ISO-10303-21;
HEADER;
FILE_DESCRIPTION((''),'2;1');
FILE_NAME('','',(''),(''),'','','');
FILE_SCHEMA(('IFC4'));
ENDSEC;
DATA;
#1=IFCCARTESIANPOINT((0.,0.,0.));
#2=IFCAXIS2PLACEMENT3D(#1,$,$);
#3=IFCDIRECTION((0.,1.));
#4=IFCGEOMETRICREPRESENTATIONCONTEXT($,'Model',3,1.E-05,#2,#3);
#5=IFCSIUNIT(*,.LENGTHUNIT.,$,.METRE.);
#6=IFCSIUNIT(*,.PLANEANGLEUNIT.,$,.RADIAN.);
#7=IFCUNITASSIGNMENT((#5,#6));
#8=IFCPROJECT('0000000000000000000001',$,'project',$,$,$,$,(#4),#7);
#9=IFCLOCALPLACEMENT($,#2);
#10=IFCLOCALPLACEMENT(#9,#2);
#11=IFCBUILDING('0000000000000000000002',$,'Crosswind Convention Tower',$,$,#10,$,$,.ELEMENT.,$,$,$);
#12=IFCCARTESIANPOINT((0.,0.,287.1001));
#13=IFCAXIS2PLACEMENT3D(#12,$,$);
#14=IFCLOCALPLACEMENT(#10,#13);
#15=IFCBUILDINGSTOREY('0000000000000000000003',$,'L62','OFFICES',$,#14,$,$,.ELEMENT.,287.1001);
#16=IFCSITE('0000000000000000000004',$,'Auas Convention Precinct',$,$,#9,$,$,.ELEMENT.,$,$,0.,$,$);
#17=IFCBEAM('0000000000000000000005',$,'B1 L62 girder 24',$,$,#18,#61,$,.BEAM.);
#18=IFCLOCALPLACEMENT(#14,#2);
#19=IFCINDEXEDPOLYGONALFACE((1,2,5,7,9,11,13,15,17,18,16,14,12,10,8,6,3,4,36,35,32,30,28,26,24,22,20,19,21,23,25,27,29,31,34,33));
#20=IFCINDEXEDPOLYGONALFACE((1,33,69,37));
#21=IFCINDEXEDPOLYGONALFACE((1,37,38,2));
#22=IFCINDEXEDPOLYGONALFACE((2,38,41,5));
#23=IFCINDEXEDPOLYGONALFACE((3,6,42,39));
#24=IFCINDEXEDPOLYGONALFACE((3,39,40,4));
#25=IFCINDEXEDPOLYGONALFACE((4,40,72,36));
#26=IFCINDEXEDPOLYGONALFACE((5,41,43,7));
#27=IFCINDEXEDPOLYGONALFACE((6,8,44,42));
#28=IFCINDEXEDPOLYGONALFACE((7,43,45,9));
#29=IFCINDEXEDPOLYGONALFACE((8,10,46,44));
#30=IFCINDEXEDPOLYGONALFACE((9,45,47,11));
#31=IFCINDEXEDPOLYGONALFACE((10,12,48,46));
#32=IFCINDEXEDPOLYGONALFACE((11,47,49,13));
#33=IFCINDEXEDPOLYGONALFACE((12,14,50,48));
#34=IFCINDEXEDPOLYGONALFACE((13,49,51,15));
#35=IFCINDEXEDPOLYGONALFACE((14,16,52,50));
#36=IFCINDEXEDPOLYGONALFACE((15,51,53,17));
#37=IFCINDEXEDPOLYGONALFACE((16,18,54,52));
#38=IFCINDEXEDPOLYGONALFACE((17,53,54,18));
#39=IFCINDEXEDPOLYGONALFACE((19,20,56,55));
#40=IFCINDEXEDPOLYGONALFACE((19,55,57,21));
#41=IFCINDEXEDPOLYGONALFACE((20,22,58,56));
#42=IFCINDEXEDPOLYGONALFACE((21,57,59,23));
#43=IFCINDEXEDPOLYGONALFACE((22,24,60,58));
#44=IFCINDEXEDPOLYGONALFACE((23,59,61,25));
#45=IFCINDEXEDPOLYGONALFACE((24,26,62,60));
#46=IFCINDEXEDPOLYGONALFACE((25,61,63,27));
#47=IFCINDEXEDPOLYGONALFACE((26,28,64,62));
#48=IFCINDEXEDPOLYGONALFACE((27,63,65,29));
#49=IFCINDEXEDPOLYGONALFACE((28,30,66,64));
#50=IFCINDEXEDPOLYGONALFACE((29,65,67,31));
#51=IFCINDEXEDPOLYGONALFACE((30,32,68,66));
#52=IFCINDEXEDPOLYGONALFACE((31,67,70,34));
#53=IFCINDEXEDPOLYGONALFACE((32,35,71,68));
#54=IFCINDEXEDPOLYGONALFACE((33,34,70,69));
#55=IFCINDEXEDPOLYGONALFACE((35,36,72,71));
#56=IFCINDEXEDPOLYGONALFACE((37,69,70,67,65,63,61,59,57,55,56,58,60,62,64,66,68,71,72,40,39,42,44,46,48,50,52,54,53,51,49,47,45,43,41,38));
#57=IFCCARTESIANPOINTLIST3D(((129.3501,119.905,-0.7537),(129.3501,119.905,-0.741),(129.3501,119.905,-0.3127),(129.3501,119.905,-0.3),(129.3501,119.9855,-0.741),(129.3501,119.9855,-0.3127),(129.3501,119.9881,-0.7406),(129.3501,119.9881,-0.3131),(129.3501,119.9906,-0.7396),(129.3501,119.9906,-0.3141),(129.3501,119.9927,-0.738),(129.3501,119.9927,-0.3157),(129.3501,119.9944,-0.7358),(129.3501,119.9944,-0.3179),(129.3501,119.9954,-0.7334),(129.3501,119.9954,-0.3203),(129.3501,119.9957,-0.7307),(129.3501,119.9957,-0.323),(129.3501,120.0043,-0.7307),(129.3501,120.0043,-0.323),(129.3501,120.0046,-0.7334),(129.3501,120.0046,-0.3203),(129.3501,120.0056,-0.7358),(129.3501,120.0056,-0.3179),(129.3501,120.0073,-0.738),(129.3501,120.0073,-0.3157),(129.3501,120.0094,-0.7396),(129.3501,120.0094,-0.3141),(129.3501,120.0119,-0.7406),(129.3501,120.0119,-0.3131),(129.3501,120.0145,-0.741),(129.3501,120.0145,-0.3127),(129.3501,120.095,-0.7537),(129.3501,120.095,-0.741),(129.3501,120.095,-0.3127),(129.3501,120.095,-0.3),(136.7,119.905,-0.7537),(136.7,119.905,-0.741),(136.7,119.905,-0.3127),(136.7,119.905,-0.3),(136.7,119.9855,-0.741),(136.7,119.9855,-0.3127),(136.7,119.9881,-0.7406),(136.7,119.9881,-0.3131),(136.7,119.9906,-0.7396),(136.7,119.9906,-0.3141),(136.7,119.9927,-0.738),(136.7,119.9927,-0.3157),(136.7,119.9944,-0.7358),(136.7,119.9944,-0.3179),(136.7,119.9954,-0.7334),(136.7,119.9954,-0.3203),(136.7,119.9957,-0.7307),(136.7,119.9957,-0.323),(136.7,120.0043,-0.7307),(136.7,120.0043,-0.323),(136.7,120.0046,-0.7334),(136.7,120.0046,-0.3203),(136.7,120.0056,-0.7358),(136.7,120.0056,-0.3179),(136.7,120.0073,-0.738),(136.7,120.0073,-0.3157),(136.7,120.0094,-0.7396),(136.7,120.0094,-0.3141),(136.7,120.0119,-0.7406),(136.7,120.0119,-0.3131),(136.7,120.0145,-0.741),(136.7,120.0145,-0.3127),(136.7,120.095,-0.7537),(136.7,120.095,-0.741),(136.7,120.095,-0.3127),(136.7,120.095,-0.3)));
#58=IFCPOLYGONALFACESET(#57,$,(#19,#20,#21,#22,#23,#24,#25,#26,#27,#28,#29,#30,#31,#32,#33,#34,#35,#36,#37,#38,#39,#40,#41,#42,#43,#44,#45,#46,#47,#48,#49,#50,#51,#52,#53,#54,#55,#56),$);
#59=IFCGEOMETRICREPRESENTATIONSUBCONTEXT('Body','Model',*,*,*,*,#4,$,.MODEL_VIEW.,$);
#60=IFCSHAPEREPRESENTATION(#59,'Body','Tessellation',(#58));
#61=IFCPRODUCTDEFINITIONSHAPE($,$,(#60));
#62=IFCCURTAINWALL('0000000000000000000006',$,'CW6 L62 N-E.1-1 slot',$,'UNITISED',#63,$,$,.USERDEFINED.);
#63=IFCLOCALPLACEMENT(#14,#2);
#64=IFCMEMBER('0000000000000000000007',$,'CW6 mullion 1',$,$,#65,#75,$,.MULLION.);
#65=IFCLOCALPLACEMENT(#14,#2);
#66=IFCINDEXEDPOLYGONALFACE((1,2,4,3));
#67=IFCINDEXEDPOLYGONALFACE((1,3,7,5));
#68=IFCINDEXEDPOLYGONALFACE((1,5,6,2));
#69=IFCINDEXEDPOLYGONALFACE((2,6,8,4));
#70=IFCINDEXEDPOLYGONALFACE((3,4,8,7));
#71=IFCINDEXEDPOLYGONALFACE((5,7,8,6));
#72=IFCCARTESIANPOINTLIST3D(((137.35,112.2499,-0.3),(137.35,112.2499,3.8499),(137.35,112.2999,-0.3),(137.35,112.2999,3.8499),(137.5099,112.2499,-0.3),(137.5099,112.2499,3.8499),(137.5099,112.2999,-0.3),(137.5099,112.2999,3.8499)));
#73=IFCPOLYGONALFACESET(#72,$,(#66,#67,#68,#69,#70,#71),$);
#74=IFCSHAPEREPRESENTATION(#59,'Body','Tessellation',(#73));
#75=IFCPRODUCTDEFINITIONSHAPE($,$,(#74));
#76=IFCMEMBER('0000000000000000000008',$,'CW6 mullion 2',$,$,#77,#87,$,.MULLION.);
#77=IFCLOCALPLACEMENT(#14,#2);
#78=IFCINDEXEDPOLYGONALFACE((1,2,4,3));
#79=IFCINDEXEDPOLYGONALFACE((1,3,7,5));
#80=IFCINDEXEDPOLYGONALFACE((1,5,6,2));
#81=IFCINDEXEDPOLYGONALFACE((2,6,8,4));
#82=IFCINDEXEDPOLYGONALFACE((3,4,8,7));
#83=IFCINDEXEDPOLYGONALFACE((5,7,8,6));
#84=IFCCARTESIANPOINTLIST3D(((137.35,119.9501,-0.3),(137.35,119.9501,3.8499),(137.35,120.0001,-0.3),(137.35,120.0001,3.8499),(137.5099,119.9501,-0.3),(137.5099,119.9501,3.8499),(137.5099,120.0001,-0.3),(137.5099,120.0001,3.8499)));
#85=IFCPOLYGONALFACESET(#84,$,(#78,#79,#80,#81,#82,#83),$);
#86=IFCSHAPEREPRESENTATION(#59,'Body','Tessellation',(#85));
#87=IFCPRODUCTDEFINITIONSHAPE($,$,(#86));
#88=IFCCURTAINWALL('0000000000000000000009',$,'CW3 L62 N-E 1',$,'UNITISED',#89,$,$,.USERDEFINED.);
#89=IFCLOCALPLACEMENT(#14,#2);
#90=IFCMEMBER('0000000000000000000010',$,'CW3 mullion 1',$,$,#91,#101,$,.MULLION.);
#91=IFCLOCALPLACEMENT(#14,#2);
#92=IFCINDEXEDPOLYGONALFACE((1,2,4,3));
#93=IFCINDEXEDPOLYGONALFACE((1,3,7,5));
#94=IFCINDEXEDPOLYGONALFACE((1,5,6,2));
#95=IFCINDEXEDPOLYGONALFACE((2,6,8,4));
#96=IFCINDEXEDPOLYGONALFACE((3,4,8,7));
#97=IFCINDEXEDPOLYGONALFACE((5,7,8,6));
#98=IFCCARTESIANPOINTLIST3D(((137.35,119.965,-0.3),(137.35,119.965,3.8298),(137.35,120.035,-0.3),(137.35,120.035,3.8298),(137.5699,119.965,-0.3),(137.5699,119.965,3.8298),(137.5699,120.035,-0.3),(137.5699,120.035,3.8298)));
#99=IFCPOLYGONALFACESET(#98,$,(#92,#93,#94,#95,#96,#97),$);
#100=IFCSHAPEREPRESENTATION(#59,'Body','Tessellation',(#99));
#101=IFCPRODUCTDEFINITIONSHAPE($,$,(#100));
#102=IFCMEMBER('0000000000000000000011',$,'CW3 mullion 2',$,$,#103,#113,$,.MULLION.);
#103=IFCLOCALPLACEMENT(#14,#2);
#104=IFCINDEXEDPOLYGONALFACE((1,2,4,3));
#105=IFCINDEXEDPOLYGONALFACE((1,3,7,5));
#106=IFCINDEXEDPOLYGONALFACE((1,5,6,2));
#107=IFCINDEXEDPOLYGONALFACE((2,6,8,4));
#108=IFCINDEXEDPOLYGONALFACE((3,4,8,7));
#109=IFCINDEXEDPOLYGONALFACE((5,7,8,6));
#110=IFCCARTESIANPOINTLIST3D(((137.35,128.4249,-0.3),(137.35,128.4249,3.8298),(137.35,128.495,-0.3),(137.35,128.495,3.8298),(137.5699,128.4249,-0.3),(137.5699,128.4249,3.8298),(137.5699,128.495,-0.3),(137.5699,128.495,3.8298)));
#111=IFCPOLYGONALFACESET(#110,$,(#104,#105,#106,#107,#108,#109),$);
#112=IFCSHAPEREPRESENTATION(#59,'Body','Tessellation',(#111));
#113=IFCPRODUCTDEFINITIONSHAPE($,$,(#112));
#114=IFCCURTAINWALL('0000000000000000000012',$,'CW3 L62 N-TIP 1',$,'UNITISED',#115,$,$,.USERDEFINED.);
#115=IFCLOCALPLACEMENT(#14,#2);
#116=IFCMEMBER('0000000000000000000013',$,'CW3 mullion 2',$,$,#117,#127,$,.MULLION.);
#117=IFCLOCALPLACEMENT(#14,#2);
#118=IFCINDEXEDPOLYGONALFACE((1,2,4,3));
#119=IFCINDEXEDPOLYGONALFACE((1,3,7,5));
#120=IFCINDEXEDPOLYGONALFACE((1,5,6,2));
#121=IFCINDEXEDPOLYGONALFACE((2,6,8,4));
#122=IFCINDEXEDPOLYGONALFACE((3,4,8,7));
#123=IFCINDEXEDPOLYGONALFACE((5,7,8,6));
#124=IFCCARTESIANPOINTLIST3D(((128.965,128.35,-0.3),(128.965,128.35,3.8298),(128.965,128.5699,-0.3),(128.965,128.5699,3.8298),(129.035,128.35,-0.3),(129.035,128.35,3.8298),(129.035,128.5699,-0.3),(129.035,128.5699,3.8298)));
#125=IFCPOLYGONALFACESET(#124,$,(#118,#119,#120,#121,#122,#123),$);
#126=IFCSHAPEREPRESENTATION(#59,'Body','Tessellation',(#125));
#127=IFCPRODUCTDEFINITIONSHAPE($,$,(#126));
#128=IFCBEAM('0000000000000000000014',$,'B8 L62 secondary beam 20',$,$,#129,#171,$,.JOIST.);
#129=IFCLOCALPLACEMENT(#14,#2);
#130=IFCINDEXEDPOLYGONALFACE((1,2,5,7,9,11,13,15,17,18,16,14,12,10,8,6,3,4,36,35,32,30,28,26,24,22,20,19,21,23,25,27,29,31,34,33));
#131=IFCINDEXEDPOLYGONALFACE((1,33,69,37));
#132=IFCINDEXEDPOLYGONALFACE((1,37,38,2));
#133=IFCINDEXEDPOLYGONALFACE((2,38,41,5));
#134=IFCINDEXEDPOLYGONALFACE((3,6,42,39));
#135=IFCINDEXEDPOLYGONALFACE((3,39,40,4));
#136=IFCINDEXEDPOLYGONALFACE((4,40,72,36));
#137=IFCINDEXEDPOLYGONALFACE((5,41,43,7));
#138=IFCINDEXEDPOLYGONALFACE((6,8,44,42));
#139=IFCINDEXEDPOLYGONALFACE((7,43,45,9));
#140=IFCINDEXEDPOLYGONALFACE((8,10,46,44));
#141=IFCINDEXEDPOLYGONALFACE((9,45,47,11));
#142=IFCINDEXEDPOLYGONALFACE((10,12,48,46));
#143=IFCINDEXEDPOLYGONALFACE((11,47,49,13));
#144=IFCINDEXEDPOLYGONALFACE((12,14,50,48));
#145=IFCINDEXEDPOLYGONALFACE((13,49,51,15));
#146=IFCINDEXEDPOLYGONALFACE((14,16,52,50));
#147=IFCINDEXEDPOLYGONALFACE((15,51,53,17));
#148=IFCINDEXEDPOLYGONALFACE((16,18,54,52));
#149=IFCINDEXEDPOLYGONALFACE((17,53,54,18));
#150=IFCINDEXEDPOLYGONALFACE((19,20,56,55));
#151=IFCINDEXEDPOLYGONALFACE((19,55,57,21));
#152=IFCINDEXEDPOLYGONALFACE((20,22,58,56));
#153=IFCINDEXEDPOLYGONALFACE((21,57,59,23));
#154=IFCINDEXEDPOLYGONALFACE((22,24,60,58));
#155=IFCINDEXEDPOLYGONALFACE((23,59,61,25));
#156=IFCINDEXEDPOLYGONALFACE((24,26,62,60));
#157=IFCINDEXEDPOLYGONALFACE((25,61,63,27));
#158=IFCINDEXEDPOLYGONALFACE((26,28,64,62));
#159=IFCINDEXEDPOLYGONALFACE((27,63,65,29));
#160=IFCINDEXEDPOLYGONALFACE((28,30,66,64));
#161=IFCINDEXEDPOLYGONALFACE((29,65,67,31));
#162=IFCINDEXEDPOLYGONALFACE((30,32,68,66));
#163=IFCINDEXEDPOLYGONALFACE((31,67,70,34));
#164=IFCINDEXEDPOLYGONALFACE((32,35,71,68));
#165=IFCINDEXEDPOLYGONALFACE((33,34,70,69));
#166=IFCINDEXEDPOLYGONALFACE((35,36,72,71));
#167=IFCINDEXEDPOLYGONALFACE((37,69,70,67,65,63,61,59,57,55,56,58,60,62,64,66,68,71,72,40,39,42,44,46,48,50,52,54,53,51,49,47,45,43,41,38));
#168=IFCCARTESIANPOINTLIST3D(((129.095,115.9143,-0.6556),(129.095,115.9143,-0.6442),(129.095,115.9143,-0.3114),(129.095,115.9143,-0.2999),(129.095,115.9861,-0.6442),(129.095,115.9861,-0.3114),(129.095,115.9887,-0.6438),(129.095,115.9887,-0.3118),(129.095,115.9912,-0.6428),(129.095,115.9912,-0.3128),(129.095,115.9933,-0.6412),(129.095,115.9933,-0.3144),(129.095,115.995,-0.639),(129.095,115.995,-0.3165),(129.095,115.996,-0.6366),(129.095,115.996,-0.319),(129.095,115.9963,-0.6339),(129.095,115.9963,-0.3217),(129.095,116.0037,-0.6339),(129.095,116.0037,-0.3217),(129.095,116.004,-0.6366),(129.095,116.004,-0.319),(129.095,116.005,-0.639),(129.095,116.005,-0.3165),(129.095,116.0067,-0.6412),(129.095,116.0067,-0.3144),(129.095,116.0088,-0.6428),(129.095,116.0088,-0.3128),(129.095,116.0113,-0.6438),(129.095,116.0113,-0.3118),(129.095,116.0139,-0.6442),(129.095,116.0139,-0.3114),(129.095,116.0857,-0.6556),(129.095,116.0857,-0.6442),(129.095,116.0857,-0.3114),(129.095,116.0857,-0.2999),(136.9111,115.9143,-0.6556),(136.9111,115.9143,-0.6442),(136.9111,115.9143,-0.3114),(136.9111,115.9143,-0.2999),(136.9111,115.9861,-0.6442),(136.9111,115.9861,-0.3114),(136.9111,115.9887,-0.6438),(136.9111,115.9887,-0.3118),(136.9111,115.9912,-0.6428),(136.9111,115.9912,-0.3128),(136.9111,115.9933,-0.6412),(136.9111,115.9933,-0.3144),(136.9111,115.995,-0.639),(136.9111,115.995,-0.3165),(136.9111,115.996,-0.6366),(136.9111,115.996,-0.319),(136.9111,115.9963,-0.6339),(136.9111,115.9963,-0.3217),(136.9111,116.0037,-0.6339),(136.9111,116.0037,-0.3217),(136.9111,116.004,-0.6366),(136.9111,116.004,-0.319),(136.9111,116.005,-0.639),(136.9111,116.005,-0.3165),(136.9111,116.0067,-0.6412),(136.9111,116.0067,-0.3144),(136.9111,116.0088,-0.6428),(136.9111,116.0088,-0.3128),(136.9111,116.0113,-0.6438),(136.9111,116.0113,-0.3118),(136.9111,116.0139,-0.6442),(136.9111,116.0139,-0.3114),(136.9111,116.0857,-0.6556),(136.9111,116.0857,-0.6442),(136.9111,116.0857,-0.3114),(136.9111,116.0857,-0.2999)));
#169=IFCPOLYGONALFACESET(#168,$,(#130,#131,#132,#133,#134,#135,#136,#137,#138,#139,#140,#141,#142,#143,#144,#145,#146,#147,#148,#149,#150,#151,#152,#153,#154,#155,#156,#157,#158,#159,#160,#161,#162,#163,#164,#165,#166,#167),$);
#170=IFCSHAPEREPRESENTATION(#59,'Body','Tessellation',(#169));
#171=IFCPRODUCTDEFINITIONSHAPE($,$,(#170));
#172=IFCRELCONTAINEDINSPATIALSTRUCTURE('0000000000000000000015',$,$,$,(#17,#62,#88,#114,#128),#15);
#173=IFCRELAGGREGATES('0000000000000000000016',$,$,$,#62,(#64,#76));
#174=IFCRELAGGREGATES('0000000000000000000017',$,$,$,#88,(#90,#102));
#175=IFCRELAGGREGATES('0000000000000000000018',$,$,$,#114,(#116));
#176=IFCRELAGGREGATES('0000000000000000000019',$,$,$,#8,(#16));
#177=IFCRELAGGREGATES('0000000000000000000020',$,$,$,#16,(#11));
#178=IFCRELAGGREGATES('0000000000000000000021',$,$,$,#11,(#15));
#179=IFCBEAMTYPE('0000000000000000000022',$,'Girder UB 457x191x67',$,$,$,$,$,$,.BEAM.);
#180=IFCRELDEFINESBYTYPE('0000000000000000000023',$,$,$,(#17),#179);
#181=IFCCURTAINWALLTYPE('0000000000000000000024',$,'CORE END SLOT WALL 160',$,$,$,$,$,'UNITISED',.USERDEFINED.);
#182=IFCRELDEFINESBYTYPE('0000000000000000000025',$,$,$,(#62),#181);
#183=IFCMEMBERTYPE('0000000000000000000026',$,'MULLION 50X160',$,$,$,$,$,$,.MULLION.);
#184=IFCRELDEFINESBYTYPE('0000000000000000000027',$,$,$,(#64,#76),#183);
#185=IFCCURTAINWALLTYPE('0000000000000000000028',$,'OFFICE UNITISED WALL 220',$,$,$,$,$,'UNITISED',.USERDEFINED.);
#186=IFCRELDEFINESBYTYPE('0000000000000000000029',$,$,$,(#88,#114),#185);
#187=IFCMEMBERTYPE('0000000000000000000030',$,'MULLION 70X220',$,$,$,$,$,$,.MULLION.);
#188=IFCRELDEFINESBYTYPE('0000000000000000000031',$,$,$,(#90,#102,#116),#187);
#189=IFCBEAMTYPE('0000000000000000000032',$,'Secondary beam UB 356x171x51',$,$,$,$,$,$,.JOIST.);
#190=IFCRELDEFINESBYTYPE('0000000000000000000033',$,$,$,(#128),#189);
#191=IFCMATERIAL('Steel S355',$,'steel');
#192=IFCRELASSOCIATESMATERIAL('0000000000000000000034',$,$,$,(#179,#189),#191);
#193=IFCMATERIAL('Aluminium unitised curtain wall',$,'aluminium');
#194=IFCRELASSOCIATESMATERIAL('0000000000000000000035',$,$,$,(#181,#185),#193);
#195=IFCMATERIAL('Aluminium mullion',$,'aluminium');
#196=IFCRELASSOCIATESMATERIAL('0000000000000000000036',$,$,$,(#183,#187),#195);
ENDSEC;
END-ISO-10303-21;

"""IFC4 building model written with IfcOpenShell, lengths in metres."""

from ifc_helpers import new_model, si_unit, direction, frame, origin, origin_2d, place, context, subcontext, project, spatial, rectangle, i_section, extrude, material, material_profile, profile_set, type_object, element, aggregate, save


model = new_model("IFC4")

# Units and contexts
model_context = context("Model", 3, precision=1e-05, world=origin(), true_north=direction((0.0, 1.0)))
body_context = subcontext(model_context, "Body", "Model", "MODEL_VIEW")
ifc_project = project(units=[si_unit("LENGTHUNIT", "METRE"), si_unit("PLANEANGLEUNIT", "RADIAN")], contexts=[model_context])

# Site, building, storey
site_placement = place(None, origin())
site = spatial("IfcSite", under=ifc_project, at=site_placement, Name="Auas Convention Precinct", CompositionType="ELEMENT", RefElevation=0.0)
building_placement = place(site_placement, origin())
building = spatial("IfcBuilding", under=site, at=building_placement, Name="Crosswind Convention Tower", CompositionType="ELEMENT")
storey_placement = place(building_placement, frame((0.0, 0.0, 287.1001)))
storey = spatial("IfcBuildingStorey", under=building, at=storey_placement, Name="L62", Description="OFFICES", CompositionType="ELEMENT", Elevation=287.1001)

# Beam
ifc_material_1 = material(Name="Steel S355", Category="steel")
ifc_material_profile_1 = material_profile(ifc_material_1, i_section(OverallWidth=0.1899, OverallDepth=0.4536, WebThickness=0.0085, FlangeThickness=0.0127, FilletRadius=0.0103, at=origin_2d()), Name="UB 457x191x67")
ifc_profile_set_1 = profile_set([ifc_material_profile_1], Name="Steel S355")
beam_type_1 = type_object("IfcBeamType", Name="Girder UB 457x191x67", PredefinedType="BEAM", material=ifc_profile_set_1)
for number, where, z_axis, x_axis, name in (
    (1, (129.3501, 120.0, -0.5269), (1.0, 0.0, 0.0), (0.0, 1.0, 0.0), "B1 L62 girder 24"),
):
    element("IfcBeam", number, at=place(storey_placement, frame(where, z_axis=z_axis, x_axis=x_axis)), inside=storey, type_object=beam_type_1, Name=name, PredefinedType="BEAM", context=body_context, shape_type="SweptSolid", body=[
        extrude(i_section(OverallWidth=0.1899, OverallDepth=0.4536, WebThickness=0.0085, FlangeThickness=0.0127, FilletRadius=0.0103, at=origin_2d()), origin(), (0.0, 0.0, 1.0), 7.3499),
    ])

# Curtain walls, members
ifc_material_2 = material(Name="Aluminium unitised curtain wall", Category="aluminium")
curtain_wall_type_1 = type_object("IfcCurtainWallType", Name="CORE END SLOT WALL 160", ElementType="UNITISED", PredefinedType="USERDEFINED", material=ifc_material_2)
curtain_wall_1_placement = place(storey_placement, origin())
curtain_wall_1 = element("IfcCurtainWall", 2, at=curtain_wall_1_placement, inside=storey, type_object=curtain_wall_type_1, Name="CW6 L62 N-E.1-1 slot", ObjectType="UNITISED", PredefinedType="USERDEFINED")
ifc_material_3 = material(Name="Aluminium mullion", Category="aluminium")
ifc_material_profile_2 = material_profile(ifc_material_3, rectangle(XDim=0.1599, YDim=0.05, at=origin_2d()), Name="AL 160X50")
ifc_profile_set_2 = profile_set([ifc_material_profile_2], Name="Aluminium mullion")
member_type_1 = type_object("IfcMemberType", Name="MULLION 50X160", PredefinedType="MULLION", material=ifc_profile_set_2)
member_1_placement = place(storey_placement, frame((137.4299, 112.2749, -0.3), z_axis=(0.0, 0.0, 1.0), x_axis=(1.0, 0.0, 0.0)))
member_1 = element("IfcMember", 3, at=member_1_placement, type_object=member_type_1, Name="CW6 mullion 1", PredefinedType="MULLION", context=body_context, shape_type="SweptSolid", body=[
    extrude(rectangle(XDim=0.1599, YDim=0.05, at=origin_2d()), origin(), (0.0, 0.0, 1.0), 4.1499),
])
member_2_placement = place(storey_placement, frame((137.4299, 119.9751, -0.3), z_axis=(0.0, 0.0, 1.0), x_axis=(1.0, 0.0, 0.0)))
member_2 = element("IfcMember", 4, at=member_2_placement, type_object=member_type_1, Name="CW6 mullion 2", PredefinedType="MULLION", context=body_context, shape_type="SweptSolid", body=[
    extrude(rectangle(XDim=0.1599, YDim=0.05, at=origin_2d()), origin(), (0.0, 0.0, 1.0), 4.1499),
])
curtain_wall_type_2 = type_object("IfcCurtainWallType", Name="OFFICE UNITISED WALL 220", ElementType="UNITISED", PredefinedType="USERDEFINED", material=ifc_material_2)
curtain_wall_2_placement = place(storey_placement, origin())
curtain_wall_2 = element("IfcCurtainWall", 5, at=curtain_wall_2_placement, inside=storey, type_object=curtain_wall_type_2, Name="CW3 L62 N-E 1", ObjectType="UNITISED", PredefinedType="USERDEFINED")
ifc_material_profile_3 = material_profile(ifc_material_3, rectangle(XDim=0.22, YDim=0.0701, at=origin_2d()), Name="AL 220X70")
ifc_profile_set_3 = profile_set([ifc_material_profile_3], Name="Aluminium mullion")
member_type_2 = type_object("IfcMemberType", Name="MULLION 70X220", PredefinedType="MULLION", material=ifc_profile_set_3)
member_3_placement = place(storey_placement, frame((137.46, 120.0, -0.3), z_axis=(0.0, 0.0, 1.0), x_axis=(1.0, 0.0, 0.0)))
member_3 = element("IfcMember", 6, at=member_3_placement, type_object=member_type_2, Name="CW3 mullion 1", PredefinedType="MULLION", context=body_context, shape_type="SweptSolid", body=[
    extrude(rectangle(XDim=0.22, YDim=0.0701, at=origin_2d()), origin(), (0.0, 0.0, 1.0), 4.1299),
])
member_4_placement = place(storey_placement, frame((137.46, 128.46, -0.3), z_axis=(0.0, 0.0, 1.0), x_axis=(1.0, 0.0, 0.0)))
member_4 = element("IfcMember", 7, at=member_4_placement, type_object=member_type_2, Name="CW3 mullion 2", PredefinedType="MULLION", context=body_context, shape_type="SweptSolid", body=[
    extrude(rectangle(XDim=0.22, YDim=0.0701, at=origin_2d()), origin(), (0.0, 0.0, 1.0), 4.1299),
])

# Curtain wall, member
curtain_wall_3_placement = place(storey_placement, origin())
curtain_wall_3 = element("IfcCurtainWall", 8, at=curtain_wall_3_placement, inside=storey, type_object=curtain_wall_type_2, Name="CW3 L62 N-TIP 1", ObjectType="UNITISED", PredefinedType="USERDEFINED")
member_5_placement = place(storey_placement, frame((129.0, 128.46, -0.3), z_axis=(0.0, 0.0, 1.0), x_axis=(0.0, 1.0, 0.0)))
member_5 = element("IfcMember", 9, at=member_5_placement, type_object=member_type_2, Name="CW3 mullion 2", PredefinedType="MULLION", context=body_context, shape_type="SweptSolid", body=[
    extrude(rectangle(XDim=0.22, YDim=0.0701, at=origin_2d()), origin(), (0.0, 0.0, 1.0), 4.1299),
])

# Beam
ifc_material_profile_4 = material_profile(ifc_material_1, i_section(OverallWidth=0.1714, OverallDepth=0.3557, WebThickness=0.0073, FlangeThickness=0.0115, FilletRadius=0.0103, at=origin_2d()), Name="UB 356x171x51")
ifc_profile_set_4 = profile_set([ifc_material_profile_4], Name="Steel S355")
beam_type_2 = type_object("IfcBeamType", Name="Secondary beam UB 356x171x51", PredefinedType="JOIST", material=ifc_profile_set_4)
for number, where, z_axis, x_axis, name in (
    (10, (129.095, 116.0, -0.4778), (1.0, 0.0, 0.0), (0.0, 1.0, 0.0), "B8 L62 secondary beam 20"),
):
    element("IfcBeam", number, at=place(storey_placement, frame(where, z_axis=z_axis, x_axis=x_axis)), inside=storey, type_object=beam_type_2, Name=name, PredefinedType="JOIST", context=body_context, shape_type="SweptSolid", body=[
        extrude(i_section(OverallWidth=0.1714, OverallDepth=0.3557, WebThickness=0.0073, FlangeThickness=0.0115, FilletRadius=0.0103, at=origin_2d()), origin(), (0.0, 0.0, 1.0), 7.8162),
    ])

aggregate(curtain_wall_1, [member_1, member_2])

aggregate(curtain_wall_2, [member_3, member_4])
aggregate(curtain_wall_3, [member_5])

save(model, "model.ifc")
